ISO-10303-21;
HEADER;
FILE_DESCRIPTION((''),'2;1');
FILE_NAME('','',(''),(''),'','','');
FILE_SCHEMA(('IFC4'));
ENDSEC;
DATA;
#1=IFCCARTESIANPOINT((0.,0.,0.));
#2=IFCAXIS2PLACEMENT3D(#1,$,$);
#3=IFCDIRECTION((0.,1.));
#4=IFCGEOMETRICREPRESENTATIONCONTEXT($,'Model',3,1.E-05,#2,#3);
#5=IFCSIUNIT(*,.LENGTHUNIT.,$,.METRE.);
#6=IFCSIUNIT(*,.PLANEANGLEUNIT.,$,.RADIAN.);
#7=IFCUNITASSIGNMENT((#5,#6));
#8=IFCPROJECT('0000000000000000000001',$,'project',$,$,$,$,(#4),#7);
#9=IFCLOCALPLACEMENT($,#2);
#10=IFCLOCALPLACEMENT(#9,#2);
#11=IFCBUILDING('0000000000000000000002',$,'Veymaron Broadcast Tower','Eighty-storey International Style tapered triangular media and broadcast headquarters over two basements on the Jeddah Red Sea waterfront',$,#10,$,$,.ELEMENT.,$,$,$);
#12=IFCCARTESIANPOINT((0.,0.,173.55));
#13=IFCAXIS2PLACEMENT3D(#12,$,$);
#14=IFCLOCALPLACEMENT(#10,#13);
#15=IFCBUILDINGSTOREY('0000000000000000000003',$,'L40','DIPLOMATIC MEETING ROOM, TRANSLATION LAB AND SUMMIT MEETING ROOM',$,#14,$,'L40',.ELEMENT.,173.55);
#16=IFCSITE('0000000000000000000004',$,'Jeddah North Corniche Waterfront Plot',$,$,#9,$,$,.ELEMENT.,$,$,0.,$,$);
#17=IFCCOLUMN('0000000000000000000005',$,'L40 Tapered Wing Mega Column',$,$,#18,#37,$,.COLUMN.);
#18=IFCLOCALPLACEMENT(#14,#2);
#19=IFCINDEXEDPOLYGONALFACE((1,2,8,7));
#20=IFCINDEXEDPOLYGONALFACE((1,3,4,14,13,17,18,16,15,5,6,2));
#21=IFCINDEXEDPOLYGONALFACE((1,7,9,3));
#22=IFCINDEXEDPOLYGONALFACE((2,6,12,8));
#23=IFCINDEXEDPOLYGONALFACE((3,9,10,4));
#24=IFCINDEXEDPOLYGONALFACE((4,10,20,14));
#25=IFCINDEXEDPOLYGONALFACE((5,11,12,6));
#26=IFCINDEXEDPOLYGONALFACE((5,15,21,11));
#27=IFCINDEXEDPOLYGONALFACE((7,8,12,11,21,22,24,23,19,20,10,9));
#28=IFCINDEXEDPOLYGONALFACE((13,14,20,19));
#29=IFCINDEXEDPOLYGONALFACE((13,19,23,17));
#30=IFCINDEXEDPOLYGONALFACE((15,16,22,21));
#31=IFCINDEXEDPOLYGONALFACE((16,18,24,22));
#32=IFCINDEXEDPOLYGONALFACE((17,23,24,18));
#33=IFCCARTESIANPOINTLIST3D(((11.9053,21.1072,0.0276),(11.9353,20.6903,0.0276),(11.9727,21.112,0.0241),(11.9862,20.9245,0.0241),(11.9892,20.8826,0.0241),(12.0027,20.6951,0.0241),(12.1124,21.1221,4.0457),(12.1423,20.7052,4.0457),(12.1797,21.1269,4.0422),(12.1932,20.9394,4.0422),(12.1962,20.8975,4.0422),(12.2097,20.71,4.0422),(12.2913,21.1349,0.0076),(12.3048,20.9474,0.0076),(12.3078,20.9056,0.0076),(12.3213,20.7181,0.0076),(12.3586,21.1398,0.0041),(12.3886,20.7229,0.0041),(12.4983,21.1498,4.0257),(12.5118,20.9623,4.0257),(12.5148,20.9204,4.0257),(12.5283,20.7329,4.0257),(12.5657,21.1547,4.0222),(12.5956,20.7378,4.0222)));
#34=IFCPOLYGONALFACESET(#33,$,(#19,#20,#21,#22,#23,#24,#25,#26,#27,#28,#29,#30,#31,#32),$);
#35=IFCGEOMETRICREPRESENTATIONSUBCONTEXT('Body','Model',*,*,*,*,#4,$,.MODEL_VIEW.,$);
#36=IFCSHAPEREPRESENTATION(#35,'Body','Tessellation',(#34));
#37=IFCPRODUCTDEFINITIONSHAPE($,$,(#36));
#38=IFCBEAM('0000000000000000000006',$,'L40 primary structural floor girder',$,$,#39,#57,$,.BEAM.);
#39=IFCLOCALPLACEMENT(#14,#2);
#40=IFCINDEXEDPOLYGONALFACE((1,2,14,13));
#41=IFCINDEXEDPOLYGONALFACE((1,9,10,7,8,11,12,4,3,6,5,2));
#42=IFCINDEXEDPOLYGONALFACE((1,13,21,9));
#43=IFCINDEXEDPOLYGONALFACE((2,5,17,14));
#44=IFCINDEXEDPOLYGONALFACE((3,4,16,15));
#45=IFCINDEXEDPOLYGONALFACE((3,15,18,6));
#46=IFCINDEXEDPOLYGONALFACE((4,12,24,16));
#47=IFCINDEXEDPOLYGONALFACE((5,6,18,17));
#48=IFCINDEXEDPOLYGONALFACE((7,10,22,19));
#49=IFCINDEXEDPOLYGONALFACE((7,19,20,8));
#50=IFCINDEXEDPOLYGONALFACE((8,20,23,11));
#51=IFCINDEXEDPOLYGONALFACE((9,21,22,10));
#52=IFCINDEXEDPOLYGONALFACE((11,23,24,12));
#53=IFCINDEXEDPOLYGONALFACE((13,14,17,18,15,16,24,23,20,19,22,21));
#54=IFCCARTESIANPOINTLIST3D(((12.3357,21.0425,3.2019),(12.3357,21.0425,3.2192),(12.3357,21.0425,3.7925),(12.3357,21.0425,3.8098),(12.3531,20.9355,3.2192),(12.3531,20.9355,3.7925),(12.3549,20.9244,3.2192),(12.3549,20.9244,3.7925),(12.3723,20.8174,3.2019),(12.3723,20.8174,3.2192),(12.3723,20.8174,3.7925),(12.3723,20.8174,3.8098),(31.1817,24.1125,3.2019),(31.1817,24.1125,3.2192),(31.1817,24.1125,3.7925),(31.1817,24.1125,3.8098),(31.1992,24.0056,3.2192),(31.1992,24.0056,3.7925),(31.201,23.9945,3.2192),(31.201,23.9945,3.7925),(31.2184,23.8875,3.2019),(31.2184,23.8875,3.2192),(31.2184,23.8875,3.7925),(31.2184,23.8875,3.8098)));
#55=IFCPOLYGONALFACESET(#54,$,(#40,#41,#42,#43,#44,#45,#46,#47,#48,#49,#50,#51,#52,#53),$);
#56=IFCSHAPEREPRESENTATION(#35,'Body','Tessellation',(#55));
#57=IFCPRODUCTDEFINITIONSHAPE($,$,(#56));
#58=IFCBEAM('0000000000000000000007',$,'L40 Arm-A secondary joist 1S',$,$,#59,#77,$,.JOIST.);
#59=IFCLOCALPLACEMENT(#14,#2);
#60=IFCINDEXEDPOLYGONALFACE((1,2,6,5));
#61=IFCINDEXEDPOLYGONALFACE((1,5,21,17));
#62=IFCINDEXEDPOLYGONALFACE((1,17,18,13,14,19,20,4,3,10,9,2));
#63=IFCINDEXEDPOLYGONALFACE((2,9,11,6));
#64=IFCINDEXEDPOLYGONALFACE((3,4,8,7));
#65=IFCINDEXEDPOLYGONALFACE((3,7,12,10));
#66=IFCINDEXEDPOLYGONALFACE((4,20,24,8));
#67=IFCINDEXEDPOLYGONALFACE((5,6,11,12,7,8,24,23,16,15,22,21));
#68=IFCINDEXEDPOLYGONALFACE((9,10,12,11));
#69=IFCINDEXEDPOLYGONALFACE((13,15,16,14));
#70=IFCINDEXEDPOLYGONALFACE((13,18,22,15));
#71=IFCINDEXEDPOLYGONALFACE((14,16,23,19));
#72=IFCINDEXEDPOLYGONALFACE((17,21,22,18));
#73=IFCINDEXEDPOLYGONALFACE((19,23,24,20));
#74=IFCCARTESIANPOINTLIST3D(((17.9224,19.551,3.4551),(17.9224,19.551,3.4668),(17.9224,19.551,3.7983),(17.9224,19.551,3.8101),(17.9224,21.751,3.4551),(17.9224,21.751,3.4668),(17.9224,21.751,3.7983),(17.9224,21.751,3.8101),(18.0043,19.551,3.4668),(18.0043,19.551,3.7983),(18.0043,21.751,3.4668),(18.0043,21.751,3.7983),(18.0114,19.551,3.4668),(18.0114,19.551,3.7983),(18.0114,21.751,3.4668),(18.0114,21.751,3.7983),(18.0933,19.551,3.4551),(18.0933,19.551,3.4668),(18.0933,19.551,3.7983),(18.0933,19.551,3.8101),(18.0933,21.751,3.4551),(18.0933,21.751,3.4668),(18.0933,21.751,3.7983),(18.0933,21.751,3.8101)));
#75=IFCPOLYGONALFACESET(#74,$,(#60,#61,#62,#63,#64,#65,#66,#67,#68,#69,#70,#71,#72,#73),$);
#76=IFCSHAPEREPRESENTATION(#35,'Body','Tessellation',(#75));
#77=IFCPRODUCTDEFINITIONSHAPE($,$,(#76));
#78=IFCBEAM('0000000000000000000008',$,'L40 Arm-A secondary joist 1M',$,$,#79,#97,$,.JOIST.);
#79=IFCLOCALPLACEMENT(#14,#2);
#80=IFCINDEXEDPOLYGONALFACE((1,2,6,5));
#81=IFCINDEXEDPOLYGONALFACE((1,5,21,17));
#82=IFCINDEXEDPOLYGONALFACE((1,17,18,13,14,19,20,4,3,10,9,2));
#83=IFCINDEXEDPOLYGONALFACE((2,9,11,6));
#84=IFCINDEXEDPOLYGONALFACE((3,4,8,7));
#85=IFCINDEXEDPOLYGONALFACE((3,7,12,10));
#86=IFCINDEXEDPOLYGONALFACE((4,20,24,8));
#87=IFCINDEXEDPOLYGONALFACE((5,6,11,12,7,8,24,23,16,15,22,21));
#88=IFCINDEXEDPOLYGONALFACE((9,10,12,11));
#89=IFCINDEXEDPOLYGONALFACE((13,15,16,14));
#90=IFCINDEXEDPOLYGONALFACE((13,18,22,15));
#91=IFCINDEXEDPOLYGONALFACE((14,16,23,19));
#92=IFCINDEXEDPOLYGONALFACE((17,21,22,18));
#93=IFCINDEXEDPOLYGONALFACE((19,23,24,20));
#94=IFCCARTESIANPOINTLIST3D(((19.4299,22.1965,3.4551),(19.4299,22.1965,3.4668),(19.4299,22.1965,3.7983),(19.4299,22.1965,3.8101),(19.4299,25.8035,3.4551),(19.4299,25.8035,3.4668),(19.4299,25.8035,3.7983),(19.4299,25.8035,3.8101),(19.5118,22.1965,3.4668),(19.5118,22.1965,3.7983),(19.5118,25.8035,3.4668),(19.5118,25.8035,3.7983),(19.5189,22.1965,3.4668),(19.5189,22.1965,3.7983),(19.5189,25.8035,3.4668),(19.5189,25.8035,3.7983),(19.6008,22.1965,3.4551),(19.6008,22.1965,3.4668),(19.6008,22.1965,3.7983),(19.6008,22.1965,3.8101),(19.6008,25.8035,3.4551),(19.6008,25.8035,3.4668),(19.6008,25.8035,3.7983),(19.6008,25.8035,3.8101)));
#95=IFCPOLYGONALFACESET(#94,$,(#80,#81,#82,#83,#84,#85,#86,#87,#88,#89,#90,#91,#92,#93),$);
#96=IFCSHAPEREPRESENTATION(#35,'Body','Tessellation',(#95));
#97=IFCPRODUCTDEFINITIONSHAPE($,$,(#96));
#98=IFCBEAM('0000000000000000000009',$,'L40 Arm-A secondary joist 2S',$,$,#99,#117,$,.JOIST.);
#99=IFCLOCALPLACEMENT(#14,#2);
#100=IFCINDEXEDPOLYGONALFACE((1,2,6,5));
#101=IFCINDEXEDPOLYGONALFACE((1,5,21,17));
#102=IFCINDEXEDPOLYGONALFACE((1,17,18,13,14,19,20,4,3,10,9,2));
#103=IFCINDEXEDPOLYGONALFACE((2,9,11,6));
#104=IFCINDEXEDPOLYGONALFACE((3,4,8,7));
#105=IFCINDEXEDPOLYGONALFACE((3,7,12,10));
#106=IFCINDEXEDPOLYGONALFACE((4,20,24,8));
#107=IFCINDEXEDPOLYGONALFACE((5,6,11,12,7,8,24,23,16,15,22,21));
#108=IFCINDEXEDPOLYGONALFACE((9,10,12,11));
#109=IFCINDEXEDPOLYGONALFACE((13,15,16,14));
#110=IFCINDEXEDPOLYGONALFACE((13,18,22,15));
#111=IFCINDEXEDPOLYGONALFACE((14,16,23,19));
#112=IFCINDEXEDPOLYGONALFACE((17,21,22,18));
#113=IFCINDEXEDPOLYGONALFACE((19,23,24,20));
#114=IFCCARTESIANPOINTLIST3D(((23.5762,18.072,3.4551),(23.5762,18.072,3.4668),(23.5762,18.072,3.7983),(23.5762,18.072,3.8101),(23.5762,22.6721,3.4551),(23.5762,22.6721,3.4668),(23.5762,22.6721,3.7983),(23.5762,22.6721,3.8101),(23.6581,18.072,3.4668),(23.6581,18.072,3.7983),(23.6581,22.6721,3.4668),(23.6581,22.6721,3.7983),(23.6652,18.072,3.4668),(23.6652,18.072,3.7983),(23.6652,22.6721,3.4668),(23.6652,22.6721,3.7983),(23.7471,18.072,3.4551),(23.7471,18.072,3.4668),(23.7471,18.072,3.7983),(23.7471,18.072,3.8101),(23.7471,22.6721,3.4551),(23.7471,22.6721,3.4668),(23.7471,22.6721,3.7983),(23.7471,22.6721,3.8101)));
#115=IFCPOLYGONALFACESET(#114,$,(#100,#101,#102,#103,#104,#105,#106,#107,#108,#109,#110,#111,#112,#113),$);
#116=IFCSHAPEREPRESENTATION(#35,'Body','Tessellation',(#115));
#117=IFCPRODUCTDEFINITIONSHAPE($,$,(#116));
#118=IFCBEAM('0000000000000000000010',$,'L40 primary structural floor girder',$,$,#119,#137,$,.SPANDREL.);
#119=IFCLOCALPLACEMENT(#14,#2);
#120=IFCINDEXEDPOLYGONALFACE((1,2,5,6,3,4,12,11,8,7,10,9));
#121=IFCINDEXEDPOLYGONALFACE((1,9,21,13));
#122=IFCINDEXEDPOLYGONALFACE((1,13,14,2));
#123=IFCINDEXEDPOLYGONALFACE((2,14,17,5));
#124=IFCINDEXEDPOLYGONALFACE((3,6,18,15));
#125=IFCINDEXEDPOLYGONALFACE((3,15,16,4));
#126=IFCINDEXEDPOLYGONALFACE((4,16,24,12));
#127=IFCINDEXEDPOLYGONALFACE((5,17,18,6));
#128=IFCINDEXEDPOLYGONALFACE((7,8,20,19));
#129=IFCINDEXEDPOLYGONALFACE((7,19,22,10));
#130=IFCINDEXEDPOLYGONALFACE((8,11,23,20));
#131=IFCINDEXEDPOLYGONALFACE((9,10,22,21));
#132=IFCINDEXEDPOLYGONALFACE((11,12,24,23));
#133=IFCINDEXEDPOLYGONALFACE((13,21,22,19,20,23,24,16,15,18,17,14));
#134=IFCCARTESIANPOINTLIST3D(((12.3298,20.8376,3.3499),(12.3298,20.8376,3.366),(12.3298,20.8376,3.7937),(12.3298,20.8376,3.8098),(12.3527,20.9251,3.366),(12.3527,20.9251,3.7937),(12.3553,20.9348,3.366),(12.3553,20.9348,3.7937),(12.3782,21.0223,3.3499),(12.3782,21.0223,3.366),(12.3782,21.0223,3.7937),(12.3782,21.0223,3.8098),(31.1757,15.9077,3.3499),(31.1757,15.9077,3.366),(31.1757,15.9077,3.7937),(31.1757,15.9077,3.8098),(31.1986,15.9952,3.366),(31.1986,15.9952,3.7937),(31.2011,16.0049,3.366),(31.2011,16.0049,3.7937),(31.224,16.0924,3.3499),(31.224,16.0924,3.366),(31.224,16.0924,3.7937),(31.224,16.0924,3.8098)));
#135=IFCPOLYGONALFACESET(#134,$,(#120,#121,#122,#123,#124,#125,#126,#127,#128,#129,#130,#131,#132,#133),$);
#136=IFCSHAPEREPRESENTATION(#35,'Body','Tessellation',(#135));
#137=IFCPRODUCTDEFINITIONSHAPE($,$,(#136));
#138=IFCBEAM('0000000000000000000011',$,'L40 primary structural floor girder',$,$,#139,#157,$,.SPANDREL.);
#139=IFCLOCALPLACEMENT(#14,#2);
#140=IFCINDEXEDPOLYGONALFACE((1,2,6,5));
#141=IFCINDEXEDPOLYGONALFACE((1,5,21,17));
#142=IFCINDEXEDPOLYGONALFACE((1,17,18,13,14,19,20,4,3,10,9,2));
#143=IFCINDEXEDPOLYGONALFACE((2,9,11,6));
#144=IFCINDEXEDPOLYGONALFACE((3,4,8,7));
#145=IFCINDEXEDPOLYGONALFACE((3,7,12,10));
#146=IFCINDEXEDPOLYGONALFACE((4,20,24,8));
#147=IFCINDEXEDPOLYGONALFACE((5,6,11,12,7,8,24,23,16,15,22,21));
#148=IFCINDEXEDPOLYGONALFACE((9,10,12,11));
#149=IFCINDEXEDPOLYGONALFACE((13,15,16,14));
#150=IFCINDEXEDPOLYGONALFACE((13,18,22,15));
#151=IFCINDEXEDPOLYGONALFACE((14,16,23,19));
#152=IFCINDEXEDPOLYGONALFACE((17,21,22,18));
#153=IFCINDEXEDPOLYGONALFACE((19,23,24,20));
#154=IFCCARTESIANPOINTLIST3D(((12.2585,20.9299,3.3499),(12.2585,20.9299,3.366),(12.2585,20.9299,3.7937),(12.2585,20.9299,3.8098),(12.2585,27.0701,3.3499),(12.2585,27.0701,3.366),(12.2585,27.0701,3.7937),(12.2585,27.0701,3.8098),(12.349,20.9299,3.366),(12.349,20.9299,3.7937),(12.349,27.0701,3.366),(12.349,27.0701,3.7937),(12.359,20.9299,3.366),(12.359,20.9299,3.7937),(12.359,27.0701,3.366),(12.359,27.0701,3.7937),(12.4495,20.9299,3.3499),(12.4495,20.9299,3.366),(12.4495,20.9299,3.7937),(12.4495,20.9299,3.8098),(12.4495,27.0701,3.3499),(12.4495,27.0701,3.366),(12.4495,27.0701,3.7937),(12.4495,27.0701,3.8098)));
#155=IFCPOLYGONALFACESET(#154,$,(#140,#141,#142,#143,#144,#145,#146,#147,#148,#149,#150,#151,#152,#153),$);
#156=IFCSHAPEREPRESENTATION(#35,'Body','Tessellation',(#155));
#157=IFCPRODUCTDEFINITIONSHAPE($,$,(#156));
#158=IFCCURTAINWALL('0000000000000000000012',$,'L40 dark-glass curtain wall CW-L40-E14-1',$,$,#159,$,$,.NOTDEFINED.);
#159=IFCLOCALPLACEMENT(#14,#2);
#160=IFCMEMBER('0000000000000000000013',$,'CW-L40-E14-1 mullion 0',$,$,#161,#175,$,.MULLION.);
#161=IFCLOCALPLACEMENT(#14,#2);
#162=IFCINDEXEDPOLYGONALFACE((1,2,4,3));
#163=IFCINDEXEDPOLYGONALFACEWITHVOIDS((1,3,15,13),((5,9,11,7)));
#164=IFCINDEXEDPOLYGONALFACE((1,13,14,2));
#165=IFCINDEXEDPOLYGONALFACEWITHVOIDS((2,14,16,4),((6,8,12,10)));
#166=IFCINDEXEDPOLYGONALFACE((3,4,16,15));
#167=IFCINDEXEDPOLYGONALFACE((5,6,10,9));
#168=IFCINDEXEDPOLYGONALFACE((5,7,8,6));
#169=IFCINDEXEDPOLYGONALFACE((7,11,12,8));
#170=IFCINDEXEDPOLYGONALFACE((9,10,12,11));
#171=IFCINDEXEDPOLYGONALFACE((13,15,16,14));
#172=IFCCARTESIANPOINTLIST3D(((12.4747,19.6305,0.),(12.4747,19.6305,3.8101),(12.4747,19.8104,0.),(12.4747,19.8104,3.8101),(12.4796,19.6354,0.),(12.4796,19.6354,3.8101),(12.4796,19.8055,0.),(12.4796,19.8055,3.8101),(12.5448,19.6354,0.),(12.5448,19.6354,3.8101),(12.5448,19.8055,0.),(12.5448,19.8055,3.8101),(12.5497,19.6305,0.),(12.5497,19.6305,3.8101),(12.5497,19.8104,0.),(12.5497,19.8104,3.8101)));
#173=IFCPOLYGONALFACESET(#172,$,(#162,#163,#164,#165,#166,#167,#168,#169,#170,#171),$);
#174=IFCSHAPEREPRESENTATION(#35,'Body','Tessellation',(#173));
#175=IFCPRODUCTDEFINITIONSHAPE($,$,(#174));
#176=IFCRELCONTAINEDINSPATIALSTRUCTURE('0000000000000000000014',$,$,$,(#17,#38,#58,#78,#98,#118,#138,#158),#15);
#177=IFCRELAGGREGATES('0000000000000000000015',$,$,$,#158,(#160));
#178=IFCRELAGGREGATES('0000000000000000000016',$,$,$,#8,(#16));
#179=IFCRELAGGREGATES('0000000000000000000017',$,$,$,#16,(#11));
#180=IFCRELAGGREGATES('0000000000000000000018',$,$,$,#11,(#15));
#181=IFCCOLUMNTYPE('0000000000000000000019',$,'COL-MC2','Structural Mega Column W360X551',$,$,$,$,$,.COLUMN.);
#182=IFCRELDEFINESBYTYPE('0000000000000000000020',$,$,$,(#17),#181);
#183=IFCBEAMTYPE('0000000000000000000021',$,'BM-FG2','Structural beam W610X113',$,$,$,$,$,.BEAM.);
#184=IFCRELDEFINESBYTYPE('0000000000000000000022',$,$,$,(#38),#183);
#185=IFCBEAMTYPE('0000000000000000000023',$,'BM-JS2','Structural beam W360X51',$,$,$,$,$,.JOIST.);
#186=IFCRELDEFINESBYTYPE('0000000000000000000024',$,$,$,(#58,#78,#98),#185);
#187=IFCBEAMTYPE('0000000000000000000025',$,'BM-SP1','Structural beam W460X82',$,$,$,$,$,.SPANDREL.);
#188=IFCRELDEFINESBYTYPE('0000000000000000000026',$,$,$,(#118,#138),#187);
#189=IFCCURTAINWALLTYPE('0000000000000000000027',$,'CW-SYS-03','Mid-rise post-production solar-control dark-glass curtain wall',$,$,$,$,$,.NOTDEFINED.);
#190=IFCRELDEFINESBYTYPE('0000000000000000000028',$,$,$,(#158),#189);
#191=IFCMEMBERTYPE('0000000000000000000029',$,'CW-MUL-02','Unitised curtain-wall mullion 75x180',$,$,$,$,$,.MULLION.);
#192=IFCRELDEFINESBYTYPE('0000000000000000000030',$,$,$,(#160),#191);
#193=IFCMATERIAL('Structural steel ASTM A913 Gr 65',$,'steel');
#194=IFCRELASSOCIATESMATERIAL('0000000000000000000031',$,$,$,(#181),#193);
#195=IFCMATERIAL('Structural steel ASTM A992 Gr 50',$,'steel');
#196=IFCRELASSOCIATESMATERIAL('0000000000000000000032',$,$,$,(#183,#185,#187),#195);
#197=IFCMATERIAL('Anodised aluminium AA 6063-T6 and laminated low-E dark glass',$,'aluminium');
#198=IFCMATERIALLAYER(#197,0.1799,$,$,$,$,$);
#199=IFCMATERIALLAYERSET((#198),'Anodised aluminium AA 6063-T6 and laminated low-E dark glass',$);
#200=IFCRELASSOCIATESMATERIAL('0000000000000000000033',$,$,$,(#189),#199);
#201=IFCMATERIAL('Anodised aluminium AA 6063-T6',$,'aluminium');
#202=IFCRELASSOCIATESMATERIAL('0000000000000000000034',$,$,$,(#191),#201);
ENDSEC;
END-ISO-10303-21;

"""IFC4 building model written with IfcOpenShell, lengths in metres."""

from ifc_helpers import new_model, si_unit, direction, frame, origin, origin_2d, place, context, subcontext, project, spatial, hollow_rectangle, i_section, extrude, material, layer, layer_set, material_profile, profile_set, type_object, element, aggregate, save


model = new_model("IFC4")

# Units and contexts
model_context = context("Model", 3, precision=1e-05, world=origin(), true_north=direction((0.0, 1.0)))
body_context = subcontext(model_context, "Body", "Model", "MODEL_VIEW")
ifc_project = project(units=[si_unit("LENGTHUNIT", "METRE"), si_unit("PLANEANGLEUNIT", "RADIAN")], contexts=[model_context])

# Site, building, storey
site_placement = place(None, origin())
site = spatial("IfcSite", under=ifc_project, at=site_placement, Name="Jeddah North Corniche Waterfront Plot", CompositionType="ELEMENT", RefElevation=0.0)
building_placement = place(site_placement, origin())
building = spatial("IfcBuilding", under=site, at=building_placement, Name="Veymaron Broadcast Tower", Description="Eighty-storey International Style tapered triangular media and broadcast headquarters over two basements on the Jeddah Red Sea waterfront", CompositionType="ELEMENT")
storey_placement = place(building_placement, frame((0.0, 0.0, 173.55)))
storey = spatial("IfcBuildingStorey", under=building, at=storey_placement, Name="L40", Description="DIPLOMATIC MEETING ROOM, TRANSLATION LAB AND SUMMIT MEETING ROOM", LongName="L40", CompositionType="ELEMENT", Elevation=173.55)

# Column
ifc_material_1 = material(Name="Structural steel ASTM A913 Gr 65", Category="steel")
ifc_material_profile_1 = material_profile(ifc_material_1, i_section(OverallWidth=0.418, OverallDepth=0.4551, WebThickness=0.042, FlangeThickness=0.0676, at=origin_2d()), Name="W360X551")
ifc_profile_set_1 = profile_set([ifc_material_profile_1], Name="Structural steel ASTM A913 Gr 65")
column_type = type_object("IfcColumnType", Name="COL-MC2", Description="Structural Mega Column W360X551", PredefinedType="COLUMN", material=ifc_profile_set_1)
column_placement = place(storey_placement, frame((12.147, 20.915, 0.0159), z_axis=(0.051456, 0.003701, 0.998668), x_axis=(-0.071749, 0.997423, 0.0)))
element("IfcColumn", 1, at=column_placement, inside=storey, type_object=column_type, Name="L40 Tapered Wing Mega Column", PredefinedType="COLUMN", context=body_context, shape_type="SweptSolid", body=[
    extrude(i_section(OverallWidth=0.418, OverallDepth=0.4551, WebThickness=0.042, FlangeThickness=0.0676, at=origin_2d()), origin(), (0.0, 0.0, 1.0), 4.0234),
])

# Beams
ifc_material_2 = material(Name="Structural steel ASTM A992 Gr 50", Category="steel")
ifc_material_profile_2 = material_profile(ifc_material_2, i_section(OverallWidth=0.228, OverallDepth=0.6079, WebThickness=0.0112, FlangeThickness=0.0173, at=origin_2d()), Name="W610X113")
ifc_profile_set_2 = profile_set([ifc_material_profile_2], Name="Structural steel ASTM A992 Gr 50")
beam_type_1 = type_object("IfcBeamType", Name="BM-FG2", Description="Structural beam W610X113", PredefinedType="BEAM", material=ifc_profile_set_2)
beam_1_placement = place(storey_placement, frame((12.354, 20.9299, 3.5059), z_axis=(0.98699, 0.160784, 0.0), x_axis=(-0.160784, 0.98699, 0.0)))
element("IfcBeam", 2, at=beam_1_placement, inside=storey, type_object=beam_type_1, Name="L40 primary structural floor girder", PredefinedType="BEAM", context=body_context, shape_type="SweptSolid", body=[
    extrude(i_section(OverallWidth=0.228, OverallDepth=0.6079, WebThickness=0.0112, FlangeThickness=0.0173, at=origin_2d()), origin(), (0.0, 0.0, 1.0), 19.0945),
])
ifc_material_profile_3 = material_profile(ifc_material_2, i_section(OverallWidth=0.1709, OverallDepth=0.355, WebThickness=0.0071, FlangeThickness=0.0117, at=origin_2d()), Name="W360X51")
ifc_profile_set_3 = profile_set([ifc_material_profile_3], Name="Structural steel ASTM A992 Gr 50")
beam_type_2 = type_object("IfcBeamType", Name="BM-JS2", Description="Structural beam W360X51", PredefinedType="JOIST", material=ifc_profile_set_3)
beam_2_placement = place(storey_placement, frame((18.0078, 19.551, 3.6326), z_axis=(0.0, 1.0, 0.0), x_axis=(-1.0, 0.0, 0.0)))
element("IfcBeam", 3, at=beam_2_placement, inside=storey, type_object=beam_type_2, Name="L40 Arm-A secondary joist 1S", PredefinedType="JOIST", context=body_context, shape_type="SweptSolid", body=[
    extrude(i_section(OverallWidth=0.1709, OverallDepth=0.355, WebThickness=0.0071, FlangeThickness=0.0117, at=origin_2d()), origin(), (0.0, 0.0, 1.0), 2.2),
])
beam_3_placement = place(storey_placement, frame((19.5154, 22.1965, 3.6326), z_axis=(0.0, 1.0, 0.0), x_axis=(-1.0, 0.0, 0.0)))
element("IfcBeam", 4, at=beam_3_placement, inside=storey, type_object=beam_type_2, Name="L40 Arm-A secondary joist 1M", PredefinedType="JOIST", context=body_context, shape_type="SweptSolid", body=[
    extrude(i_section(OverallWidth=0.1709, OverallDepth=0.355, WebThickness=0.0071, FlangeThickness=0.0117, at=origin_2d()), origin(), (0.0, 0.0, 1.0), 3.6069),
])
beam_4_placement = place(storey_placement, frame((23.6616, 18.072, 3.6326), z_axis=(0.0, 1.0, 0.0), x_axis=(-1.0, 0.0, 0.0)))
element("IfcBeam", 5, at=beam_4_placement, inside=storey, type_object=beam_type_2, Name="L40 Arm-A secondary joist 2S", PredefinedType="JOIST", context=body_context, shape_type="SweptSolid", body=[
    extrude(i_section(OverallWidth=0.1709, OverallDepth=0.355, WebThickness=0.0071, FlangeThickness=0.0117, at=origin_2d()), origin(), (0.0, 0.0, 1.0), 4.6001),
])
ifc_material_profile_4 = material_profile(ifc_material_2, i_section(OverallWidth=0.1909, OverallDepth=0.46, WebThickness=0.01, FlangeThickness=0.0161, at=origin_2d()), Name="W460X82")
ifc_profile_set_4 = profile_set([ifc_material_profile_4], Name="Structural steel ASTM A992 Gr 50")
beam_type_3 = type_object("IfcBeamType", Name="BM-SP1", Description="Structural beam W460X82", PredefinedType="SPANDREL", material=ifc_profile_set_4)
beam_5_placement = place(storey_placement, frame((12.354, 20.9299, 3.5798), z_axis=(0.967447, -0.253075, 0.0), x_axis=(0.253075, 0.967447, 0.0)))
element("IfcBeam", 6, at=beam_5_placement, inside=storey, type_object=beam_type_3, Name="L40 primary structural floor girder", PredefinedType="SPANDREL", context=body_context, shape_type="SweptSolid", body=[
    extrude(i_section(OverallWidth=0.1909, OverallDepth=0.46, WebThickness=0.01, FlangeThickness=0.0161, at=origin_2d()), origin(), (0.0, 0.0, 1.0), 19.48),
])
beam_6_placement = place(storey_placement, frame((12.354, 20.9299, 3.5798), z_axis=(0.0, 1.0, 0.0), x_axis=(-1.0, 0.0, 0.0)))
element("IfcBeam", 7, at=beam_6_placement, inside=storey, type_object=beam_type_3, Name="L40 primary structural floor girder", PredefinedType="SPANDREL", context=body_context, shape_type="SweptSolid", body=[
    extrude(i_section(OverallWidth=0.1909, OverallDepth=0.46, WebThickness=0.01, FlangeThickness=0.0161, at=origin_2d()), origin(), (0.0, 0.0, 1.0), 6.1401),
])

# Curtain wall, member
ifc_material_3 = material(Name="Anodised aluminium AA 6063-T6 and laminated low-E dark glass", Category="aluminium")
ifc_layer_1 = layer(ifc_material_3, 0.1799)
ifc_layer_set_1 = layer_set([ifc_layer_1], Name="Anodised aluminium AA 6063-T6 and laminated low-E dark glass")
curtain_wall_type = type_object("IfcCurtainWallType", Name="CW-SYS-03", Description="Mid-rise post-production solar-control dark-glass curtain wall", PredefinedType="NOTDEFINED", material=ifc_layer_set_1)
curtain_wall_placement = place(storey_placement, origin())
curtain_wall = element("IfcCurtainWall", 8, at=curtain_wall_placement, inside=storey, type_object=curtain_wall_type, Name="L40 dark-glass curtain wall CW-L40-E14-1", PredefinedType="NOTDEFINED")
ifc_material_4 = material(Name="Anodised aluminium AA 6063-T6", Category="aluminium")
ifc_material_profile_5 = material_profile(ifc_material_4, hollow_rectangle(XDim=0.075, YDim=0.1799, WallThickness=0.0049, at=origin_2d()), Name="AL180X75X5")
ifc_profile_set_5 = profile_set([ifc_material_profile_5], Name="Anodised aluminium AA 6063-T6")
member_type_1 = type_object("IfcMemberType", Name="CW-MUL-02", Description="Unitised curtain-wall mullion 75x180", PredefinedType="MULLION", material=ifc_profile_set_5)
member_1_placement = place(storey_placement, frame((12.5122, 19.7205, 0.0), z_axis=(0.0, 0.0, 1.0), x_axis=(1.0, 0.0, 0.0)))
member_1 = element("IfcMember", 9, at=member_1_placement, type_object=member_type_1, Name="CW-L40-E14-1 mullion 0", PredefinedType="MULLION", context=body_context, shape_type="SweptSolid", body=[
    extrude(hollow_rectangle(XDim=0.075, YDim=0.1799, WallThickness=0.0049, at=origin_2d()), origin(), (0.0, 0.0, 1.0), 3.8101),
])
aggregate(curtain_wall, [member_1])

save(model, "model.ifc")
